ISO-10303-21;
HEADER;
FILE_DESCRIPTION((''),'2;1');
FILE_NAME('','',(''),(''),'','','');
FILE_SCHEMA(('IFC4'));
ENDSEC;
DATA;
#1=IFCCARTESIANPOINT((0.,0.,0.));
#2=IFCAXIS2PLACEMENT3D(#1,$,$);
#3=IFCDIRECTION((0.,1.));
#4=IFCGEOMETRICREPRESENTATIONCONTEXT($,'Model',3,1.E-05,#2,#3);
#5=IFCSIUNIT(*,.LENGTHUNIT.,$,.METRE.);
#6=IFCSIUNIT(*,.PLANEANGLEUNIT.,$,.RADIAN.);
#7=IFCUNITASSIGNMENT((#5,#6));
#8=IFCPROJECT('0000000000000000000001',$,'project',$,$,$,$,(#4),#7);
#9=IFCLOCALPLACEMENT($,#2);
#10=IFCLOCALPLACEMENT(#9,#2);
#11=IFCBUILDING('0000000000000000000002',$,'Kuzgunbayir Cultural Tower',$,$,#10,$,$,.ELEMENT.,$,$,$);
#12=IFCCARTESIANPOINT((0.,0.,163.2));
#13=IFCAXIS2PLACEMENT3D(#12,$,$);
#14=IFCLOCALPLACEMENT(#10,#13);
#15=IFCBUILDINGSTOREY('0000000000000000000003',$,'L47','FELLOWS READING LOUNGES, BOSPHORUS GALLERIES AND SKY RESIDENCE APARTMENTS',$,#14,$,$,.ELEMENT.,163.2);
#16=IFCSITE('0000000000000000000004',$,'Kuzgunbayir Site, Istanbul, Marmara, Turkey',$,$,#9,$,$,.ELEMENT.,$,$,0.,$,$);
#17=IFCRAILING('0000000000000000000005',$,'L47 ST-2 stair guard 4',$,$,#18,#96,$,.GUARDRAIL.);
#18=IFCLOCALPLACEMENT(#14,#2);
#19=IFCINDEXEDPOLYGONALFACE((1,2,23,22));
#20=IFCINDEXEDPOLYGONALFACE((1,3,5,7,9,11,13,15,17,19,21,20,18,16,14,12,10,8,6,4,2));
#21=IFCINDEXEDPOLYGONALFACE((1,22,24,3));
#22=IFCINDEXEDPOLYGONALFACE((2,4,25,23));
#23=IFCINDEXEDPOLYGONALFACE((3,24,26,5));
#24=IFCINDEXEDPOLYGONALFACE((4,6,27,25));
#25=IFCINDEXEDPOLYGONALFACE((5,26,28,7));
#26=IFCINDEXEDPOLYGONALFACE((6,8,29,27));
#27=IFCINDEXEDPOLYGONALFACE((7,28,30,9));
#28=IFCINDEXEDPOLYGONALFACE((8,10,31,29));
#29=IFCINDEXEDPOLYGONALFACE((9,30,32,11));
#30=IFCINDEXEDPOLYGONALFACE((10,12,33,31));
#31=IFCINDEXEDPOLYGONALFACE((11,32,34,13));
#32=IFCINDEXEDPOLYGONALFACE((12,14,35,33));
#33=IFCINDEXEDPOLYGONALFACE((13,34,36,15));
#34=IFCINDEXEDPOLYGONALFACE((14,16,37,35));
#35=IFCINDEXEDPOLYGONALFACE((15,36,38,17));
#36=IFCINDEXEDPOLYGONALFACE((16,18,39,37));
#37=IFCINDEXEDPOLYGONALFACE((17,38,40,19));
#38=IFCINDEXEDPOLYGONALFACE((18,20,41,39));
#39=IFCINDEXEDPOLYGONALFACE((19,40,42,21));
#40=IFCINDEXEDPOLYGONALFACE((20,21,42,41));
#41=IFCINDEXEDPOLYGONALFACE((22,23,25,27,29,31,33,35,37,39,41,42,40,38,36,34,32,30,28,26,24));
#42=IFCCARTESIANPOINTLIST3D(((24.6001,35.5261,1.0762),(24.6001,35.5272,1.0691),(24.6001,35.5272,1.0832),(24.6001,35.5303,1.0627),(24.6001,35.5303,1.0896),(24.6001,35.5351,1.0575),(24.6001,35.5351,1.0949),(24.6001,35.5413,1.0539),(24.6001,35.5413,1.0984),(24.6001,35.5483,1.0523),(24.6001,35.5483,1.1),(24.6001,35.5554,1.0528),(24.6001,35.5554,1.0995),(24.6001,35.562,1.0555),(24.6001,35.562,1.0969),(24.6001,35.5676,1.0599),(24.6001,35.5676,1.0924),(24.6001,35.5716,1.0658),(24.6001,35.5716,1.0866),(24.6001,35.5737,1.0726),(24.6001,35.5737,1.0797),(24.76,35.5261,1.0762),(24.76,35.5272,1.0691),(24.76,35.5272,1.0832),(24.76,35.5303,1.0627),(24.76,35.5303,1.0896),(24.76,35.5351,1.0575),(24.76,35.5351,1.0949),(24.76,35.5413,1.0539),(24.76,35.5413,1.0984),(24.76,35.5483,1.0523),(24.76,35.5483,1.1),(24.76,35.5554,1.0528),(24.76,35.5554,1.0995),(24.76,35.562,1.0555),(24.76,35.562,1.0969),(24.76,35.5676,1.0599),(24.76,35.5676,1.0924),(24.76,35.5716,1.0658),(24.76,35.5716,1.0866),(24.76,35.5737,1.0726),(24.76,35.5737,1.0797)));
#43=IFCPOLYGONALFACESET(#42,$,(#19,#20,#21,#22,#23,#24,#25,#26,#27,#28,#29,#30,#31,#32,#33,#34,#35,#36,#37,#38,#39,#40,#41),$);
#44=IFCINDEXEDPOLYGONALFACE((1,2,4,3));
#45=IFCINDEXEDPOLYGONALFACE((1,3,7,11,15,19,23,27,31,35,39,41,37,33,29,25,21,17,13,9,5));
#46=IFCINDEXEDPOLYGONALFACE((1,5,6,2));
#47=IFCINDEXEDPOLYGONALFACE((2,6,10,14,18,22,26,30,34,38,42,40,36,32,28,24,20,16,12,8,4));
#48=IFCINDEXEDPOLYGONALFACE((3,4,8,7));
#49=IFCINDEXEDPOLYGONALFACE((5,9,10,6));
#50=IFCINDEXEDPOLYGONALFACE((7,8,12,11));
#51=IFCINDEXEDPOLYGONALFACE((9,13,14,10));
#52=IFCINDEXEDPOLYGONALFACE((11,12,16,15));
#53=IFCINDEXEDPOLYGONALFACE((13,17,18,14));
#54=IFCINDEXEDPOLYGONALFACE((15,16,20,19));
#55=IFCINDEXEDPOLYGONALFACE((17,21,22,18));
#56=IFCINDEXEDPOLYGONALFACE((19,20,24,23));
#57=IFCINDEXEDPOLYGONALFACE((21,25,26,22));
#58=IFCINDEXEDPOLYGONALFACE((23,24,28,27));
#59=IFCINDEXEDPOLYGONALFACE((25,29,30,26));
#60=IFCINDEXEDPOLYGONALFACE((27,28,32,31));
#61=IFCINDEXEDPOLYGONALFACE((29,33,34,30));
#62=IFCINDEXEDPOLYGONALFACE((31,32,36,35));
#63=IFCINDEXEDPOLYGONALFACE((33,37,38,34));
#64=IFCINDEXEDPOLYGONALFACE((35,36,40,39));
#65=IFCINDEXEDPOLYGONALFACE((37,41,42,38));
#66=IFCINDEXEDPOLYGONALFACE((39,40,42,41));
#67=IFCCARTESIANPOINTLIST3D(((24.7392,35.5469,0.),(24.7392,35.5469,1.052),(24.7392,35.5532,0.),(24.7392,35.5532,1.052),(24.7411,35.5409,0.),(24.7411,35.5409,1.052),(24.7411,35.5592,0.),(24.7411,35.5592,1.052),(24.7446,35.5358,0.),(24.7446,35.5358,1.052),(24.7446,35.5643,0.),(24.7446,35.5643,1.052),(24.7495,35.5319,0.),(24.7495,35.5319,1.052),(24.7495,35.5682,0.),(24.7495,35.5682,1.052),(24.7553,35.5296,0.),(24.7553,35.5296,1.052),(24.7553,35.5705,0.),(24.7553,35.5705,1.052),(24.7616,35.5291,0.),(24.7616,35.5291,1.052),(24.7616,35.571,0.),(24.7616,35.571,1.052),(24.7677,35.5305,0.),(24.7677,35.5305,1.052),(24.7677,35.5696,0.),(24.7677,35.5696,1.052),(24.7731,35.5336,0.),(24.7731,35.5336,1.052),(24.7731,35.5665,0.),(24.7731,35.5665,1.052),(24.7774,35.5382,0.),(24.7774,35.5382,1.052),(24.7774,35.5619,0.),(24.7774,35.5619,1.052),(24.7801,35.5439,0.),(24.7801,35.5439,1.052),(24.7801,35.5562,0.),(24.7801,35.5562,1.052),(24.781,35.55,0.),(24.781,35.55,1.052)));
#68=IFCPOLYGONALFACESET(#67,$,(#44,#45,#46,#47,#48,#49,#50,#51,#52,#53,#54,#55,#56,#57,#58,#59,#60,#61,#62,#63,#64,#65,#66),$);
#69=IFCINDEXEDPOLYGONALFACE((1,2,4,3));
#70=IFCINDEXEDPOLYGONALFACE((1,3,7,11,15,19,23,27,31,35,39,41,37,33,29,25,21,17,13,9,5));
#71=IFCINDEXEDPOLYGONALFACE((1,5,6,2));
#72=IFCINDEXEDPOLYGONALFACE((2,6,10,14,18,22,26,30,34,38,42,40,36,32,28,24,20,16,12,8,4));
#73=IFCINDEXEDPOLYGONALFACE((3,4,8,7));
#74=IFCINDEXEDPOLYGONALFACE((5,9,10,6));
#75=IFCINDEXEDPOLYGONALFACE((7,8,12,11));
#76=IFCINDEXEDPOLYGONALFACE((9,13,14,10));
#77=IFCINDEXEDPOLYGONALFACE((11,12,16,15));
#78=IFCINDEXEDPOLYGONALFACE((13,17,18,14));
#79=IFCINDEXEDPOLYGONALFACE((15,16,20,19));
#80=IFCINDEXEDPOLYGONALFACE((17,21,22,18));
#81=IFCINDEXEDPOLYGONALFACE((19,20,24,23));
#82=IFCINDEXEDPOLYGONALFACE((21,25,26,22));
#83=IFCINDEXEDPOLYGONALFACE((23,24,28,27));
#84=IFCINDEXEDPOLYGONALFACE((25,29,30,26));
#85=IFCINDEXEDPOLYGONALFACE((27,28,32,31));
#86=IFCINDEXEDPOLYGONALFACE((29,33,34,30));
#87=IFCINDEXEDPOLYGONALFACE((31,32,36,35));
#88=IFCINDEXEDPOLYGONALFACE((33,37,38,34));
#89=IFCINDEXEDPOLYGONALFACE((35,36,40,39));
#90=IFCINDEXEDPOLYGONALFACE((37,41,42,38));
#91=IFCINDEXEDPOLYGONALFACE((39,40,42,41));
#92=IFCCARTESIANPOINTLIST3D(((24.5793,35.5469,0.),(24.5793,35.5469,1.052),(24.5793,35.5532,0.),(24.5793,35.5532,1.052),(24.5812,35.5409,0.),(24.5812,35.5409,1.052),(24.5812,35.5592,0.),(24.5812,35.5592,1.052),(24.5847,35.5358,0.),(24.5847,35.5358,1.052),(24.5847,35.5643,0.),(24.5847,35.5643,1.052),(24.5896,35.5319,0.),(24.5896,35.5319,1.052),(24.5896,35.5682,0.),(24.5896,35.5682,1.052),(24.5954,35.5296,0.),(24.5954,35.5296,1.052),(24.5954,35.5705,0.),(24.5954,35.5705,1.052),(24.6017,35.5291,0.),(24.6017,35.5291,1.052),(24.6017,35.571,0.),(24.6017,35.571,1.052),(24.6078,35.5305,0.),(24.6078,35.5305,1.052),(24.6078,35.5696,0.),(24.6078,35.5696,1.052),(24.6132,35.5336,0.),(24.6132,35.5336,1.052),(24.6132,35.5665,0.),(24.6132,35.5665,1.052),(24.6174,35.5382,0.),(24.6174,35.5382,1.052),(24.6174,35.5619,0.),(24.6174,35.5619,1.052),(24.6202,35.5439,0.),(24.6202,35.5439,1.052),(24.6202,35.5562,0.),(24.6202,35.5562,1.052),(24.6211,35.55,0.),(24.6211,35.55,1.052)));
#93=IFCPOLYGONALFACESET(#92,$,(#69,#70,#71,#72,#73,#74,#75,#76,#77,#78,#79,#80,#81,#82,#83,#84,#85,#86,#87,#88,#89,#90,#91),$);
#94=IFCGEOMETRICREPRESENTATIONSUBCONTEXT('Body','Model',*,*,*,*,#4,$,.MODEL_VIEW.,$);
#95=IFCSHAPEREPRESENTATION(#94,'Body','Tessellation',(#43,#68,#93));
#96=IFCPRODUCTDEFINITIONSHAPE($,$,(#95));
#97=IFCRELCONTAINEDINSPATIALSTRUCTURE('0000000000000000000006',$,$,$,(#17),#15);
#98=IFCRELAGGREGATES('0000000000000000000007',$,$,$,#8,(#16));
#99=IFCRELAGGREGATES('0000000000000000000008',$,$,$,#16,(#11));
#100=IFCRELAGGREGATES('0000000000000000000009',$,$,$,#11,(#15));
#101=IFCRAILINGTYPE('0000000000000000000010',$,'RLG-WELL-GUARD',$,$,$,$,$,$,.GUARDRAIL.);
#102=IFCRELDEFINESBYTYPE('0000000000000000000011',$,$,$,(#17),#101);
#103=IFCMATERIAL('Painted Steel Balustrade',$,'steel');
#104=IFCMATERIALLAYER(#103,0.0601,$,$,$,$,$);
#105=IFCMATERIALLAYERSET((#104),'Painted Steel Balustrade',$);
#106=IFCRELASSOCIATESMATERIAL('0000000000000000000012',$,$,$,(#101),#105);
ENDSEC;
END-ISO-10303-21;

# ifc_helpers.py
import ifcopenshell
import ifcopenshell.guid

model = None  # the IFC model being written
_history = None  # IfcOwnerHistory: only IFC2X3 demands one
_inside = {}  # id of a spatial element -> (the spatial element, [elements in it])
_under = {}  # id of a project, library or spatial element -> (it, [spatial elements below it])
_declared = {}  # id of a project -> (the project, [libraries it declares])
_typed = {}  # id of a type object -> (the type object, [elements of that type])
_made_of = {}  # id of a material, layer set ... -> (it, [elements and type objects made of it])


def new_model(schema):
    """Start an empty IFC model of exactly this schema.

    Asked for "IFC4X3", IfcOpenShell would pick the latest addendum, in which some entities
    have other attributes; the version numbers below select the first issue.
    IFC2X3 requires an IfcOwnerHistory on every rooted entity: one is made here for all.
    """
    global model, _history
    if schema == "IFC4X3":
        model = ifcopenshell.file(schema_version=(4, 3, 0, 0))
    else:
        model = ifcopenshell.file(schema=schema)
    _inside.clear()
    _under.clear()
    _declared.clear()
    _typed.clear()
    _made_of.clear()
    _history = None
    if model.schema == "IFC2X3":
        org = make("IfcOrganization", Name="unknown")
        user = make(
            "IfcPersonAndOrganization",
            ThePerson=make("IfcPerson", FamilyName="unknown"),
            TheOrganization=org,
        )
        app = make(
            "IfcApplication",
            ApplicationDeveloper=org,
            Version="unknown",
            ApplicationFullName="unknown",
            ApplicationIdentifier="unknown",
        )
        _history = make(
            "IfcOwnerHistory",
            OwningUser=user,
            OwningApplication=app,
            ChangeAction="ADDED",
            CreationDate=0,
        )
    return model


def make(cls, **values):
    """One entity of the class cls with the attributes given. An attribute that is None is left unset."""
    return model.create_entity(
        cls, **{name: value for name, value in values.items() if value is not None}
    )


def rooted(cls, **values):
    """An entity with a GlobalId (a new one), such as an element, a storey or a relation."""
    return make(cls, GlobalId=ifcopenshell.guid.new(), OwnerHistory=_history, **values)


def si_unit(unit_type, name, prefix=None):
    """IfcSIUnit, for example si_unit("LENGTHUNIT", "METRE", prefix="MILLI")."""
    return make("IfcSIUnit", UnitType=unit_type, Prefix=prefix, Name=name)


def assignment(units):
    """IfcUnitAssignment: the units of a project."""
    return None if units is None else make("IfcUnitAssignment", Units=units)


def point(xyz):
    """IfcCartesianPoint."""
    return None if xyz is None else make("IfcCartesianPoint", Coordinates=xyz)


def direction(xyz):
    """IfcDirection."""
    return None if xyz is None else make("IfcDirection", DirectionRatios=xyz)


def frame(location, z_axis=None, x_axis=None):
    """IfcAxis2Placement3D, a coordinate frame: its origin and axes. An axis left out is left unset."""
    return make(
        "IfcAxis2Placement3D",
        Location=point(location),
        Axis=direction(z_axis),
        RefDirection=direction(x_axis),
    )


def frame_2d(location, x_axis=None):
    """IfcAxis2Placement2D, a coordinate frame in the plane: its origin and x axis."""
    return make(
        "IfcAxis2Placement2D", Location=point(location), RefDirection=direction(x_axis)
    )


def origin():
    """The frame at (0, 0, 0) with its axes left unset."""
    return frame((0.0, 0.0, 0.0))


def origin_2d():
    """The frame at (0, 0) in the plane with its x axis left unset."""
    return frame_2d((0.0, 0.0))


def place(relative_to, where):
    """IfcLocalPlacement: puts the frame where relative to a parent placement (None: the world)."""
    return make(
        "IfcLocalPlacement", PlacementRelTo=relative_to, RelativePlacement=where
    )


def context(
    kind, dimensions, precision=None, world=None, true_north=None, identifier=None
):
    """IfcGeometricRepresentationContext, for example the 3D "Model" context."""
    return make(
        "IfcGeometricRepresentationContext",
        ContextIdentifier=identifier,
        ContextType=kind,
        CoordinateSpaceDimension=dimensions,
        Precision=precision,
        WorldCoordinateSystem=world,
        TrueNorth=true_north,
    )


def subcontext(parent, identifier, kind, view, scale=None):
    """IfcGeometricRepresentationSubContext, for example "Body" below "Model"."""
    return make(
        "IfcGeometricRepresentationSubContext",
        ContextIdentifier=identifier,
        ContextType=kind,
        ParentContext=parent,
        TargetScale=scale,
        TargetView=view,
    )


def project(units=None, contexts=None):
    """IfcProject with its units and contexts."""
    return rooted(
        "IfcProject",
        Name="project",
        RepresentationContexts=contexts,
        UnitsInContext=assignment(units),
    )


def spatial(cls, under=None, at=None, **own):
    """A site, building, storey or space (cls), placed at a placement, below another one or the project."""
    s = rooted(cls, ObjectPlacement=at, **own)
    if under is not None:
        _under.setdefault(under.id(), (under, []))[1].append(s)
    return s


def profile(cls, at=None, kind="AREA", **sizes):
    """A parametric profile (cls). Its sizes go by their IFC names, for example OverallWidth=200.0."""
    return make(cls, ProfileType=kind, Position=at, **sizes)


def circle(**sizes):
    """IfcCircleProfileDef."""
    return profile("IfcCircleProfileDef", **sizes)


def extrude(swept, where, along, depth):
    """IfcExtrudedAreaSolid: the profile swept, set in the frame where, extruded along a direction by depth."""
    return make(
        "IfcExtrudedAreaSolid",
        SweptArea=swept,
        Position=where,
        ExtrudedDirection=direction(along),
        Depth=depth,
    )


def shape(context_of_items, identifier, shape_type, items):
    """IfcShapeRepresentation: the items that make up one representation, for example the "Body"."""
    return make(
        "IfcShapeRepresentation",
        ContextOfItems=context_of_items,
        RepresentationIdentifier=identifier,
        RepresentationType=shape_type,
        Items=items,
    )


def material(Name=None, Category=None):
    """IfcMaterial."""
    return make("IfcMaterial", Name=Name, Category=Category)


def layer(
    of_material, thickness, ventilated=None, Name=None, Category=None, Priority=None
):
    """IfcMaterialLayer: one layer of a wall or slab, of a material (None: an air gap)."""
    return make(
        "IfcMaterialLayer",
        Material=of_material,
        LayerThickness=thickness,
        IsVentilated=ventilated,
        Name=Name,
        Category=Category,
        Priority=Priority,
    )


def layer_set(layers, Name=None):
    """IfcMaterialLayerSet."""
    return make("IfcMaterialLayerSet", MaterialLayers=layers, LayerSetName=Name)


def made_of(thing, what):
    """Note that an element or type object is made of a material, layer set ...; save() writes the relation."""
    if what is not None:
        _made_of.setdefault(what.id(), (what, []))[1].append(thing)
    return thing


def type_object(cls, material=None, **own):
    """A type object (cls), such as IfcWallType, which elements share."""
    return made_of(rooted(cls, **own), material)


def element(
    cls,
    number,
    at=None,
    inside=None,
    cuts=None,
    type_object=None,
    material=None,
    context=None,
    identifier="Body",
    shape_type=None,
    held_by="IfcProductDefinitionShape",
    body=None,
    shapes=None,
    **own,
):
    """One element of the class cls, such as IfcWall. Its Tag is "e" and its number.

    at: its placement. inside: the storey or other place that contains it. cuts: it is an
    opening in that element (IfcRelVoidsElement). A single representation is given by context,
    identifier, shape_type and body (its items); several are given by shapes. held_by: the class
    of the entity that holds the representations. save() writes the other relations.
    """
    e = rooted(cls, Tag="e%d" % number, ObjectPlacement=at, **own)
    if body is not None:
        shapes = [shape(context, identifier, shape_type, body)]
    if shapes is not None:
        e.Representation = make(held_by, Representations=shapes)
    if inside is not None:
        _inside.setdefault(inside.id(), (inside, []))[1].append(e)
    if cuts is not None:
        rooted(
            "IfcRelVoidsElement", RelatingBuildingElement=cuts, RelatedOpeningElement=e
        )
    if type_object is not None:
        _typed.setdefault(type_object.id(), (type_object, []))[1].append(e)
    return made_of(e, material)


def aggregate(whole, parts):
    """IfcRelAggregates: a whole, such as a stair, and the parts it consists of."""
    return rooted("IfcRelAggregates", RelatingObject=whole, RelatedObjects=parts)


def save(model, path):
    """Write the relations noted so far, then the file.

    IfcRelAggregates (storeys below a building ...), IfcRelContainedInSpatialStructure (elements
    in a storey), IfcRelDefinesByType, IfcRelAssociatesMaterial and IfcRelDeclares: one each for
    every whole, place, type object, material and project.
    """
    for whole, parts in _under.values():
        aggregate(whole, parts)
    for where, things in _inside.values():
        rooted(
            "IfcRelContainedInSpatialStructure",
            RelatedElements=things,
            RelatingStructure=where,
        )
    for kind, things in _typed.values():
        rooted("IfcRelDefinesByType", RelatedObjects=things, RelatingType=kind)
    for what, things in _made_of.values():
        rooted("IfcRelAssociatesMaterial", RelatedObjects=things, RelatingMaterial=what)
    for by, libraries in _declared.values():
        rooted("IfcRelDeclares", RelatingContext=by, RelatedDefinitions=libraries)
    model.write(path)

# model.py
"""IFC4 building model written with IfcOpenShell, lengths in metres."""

from ifc_helpers import new_model, si_unit, direction, frame, origin, origin_2d, place, context, subcontext, project, spatial, circle, extrude, material, layer, layer_set, type_object, element, save


model = new_model("IFC4")

# Units and contexts
model_context = context("Model", 3, precision=1e-05, world=origin(), true_north=direction((0.0, 1.0)))
body_context = subcontext(model_context, "Body", "Model", "MODEL_VIEW")
ifc_project = project(units=[si_unit("LENGTHUNIT", "METRE"), si_unit("PLANEANGLEUNIT", "RADIAN")], contexts=[model_context])

# Site, building, storey
site_placement = place(None, origin())
site = spatial("IfcSite", under=ifc_project, at=site_placement, Name="Kuzgunbayir Site, Istanbul, Marmara, Turkey", CompositionType="ELEMENT", RefElevation=0.0)
building_placement = place(site_placement, origin())
building = spatial("IfcBuilding", under=site, at=building_placement, Name="Kuzgunbayir Cultural Tower", CompositionType="ELEMENT")
storey_placement = place(building_placement, frame((0.0, 0.0, 163.2)))
storey = spatial("IfcBuildingStorey", under=building, at=storey_placement, Name="L47", Description="FELLOWS READING LOUNGES, BOSPHORUS GALLERIES AND SKY RESIDENCE APARTMENTS", CompositionType="ELEMENT", Elevation=163.2)

# Railing
ifc_material_1 = material(Name="Painted Steel Balustrade", Category="steel")
ifc_layer_1 = layer(ifc_material_1, 0.0601)
ifc_layer_set_1 = layer_set([ifc_layer_1], Name="Painted Steel Balustrade")
railing_type_1 = type_object("IfcRailingType", Name="RLG-WELL-GUARD", PredefinedType="GUARDRAIL", material=ifc_layer_set_1)
railing_1_placement = place(storey_placement, frame((24.76, 35.55, 0.0)))
element("IfcRailing", 1, at=railing_1_placement, inside=storey, type_object=railing_type_1, Name="L47 ST-2 stair guard 4", PredefinedType="GUARDRAIL", context=body_context, shape_type="SweptSolid", body=[
    extrude(circle(Radius=0.0239, at=origin_2d()), frame((0.0, 0.0, 1.0762), z_axis=(-1.0, 0.0, 0.0), x_axis=(0.0, -1.0, 0.0)), (0.0, 0.0, 1.0), 0.1599),
    extrude(circle(Radius=0.021, at=origin_2d()), origin(), (0.0, 0.0, 1.0), 1.052),
    extrude(circle(Radius=0.021, at=origin_2d()), frame((-0.1599, 0.0, 0.0)), (0.0, 0.0, 1.0), 1.052),
])

save(model, "model.ifc")
